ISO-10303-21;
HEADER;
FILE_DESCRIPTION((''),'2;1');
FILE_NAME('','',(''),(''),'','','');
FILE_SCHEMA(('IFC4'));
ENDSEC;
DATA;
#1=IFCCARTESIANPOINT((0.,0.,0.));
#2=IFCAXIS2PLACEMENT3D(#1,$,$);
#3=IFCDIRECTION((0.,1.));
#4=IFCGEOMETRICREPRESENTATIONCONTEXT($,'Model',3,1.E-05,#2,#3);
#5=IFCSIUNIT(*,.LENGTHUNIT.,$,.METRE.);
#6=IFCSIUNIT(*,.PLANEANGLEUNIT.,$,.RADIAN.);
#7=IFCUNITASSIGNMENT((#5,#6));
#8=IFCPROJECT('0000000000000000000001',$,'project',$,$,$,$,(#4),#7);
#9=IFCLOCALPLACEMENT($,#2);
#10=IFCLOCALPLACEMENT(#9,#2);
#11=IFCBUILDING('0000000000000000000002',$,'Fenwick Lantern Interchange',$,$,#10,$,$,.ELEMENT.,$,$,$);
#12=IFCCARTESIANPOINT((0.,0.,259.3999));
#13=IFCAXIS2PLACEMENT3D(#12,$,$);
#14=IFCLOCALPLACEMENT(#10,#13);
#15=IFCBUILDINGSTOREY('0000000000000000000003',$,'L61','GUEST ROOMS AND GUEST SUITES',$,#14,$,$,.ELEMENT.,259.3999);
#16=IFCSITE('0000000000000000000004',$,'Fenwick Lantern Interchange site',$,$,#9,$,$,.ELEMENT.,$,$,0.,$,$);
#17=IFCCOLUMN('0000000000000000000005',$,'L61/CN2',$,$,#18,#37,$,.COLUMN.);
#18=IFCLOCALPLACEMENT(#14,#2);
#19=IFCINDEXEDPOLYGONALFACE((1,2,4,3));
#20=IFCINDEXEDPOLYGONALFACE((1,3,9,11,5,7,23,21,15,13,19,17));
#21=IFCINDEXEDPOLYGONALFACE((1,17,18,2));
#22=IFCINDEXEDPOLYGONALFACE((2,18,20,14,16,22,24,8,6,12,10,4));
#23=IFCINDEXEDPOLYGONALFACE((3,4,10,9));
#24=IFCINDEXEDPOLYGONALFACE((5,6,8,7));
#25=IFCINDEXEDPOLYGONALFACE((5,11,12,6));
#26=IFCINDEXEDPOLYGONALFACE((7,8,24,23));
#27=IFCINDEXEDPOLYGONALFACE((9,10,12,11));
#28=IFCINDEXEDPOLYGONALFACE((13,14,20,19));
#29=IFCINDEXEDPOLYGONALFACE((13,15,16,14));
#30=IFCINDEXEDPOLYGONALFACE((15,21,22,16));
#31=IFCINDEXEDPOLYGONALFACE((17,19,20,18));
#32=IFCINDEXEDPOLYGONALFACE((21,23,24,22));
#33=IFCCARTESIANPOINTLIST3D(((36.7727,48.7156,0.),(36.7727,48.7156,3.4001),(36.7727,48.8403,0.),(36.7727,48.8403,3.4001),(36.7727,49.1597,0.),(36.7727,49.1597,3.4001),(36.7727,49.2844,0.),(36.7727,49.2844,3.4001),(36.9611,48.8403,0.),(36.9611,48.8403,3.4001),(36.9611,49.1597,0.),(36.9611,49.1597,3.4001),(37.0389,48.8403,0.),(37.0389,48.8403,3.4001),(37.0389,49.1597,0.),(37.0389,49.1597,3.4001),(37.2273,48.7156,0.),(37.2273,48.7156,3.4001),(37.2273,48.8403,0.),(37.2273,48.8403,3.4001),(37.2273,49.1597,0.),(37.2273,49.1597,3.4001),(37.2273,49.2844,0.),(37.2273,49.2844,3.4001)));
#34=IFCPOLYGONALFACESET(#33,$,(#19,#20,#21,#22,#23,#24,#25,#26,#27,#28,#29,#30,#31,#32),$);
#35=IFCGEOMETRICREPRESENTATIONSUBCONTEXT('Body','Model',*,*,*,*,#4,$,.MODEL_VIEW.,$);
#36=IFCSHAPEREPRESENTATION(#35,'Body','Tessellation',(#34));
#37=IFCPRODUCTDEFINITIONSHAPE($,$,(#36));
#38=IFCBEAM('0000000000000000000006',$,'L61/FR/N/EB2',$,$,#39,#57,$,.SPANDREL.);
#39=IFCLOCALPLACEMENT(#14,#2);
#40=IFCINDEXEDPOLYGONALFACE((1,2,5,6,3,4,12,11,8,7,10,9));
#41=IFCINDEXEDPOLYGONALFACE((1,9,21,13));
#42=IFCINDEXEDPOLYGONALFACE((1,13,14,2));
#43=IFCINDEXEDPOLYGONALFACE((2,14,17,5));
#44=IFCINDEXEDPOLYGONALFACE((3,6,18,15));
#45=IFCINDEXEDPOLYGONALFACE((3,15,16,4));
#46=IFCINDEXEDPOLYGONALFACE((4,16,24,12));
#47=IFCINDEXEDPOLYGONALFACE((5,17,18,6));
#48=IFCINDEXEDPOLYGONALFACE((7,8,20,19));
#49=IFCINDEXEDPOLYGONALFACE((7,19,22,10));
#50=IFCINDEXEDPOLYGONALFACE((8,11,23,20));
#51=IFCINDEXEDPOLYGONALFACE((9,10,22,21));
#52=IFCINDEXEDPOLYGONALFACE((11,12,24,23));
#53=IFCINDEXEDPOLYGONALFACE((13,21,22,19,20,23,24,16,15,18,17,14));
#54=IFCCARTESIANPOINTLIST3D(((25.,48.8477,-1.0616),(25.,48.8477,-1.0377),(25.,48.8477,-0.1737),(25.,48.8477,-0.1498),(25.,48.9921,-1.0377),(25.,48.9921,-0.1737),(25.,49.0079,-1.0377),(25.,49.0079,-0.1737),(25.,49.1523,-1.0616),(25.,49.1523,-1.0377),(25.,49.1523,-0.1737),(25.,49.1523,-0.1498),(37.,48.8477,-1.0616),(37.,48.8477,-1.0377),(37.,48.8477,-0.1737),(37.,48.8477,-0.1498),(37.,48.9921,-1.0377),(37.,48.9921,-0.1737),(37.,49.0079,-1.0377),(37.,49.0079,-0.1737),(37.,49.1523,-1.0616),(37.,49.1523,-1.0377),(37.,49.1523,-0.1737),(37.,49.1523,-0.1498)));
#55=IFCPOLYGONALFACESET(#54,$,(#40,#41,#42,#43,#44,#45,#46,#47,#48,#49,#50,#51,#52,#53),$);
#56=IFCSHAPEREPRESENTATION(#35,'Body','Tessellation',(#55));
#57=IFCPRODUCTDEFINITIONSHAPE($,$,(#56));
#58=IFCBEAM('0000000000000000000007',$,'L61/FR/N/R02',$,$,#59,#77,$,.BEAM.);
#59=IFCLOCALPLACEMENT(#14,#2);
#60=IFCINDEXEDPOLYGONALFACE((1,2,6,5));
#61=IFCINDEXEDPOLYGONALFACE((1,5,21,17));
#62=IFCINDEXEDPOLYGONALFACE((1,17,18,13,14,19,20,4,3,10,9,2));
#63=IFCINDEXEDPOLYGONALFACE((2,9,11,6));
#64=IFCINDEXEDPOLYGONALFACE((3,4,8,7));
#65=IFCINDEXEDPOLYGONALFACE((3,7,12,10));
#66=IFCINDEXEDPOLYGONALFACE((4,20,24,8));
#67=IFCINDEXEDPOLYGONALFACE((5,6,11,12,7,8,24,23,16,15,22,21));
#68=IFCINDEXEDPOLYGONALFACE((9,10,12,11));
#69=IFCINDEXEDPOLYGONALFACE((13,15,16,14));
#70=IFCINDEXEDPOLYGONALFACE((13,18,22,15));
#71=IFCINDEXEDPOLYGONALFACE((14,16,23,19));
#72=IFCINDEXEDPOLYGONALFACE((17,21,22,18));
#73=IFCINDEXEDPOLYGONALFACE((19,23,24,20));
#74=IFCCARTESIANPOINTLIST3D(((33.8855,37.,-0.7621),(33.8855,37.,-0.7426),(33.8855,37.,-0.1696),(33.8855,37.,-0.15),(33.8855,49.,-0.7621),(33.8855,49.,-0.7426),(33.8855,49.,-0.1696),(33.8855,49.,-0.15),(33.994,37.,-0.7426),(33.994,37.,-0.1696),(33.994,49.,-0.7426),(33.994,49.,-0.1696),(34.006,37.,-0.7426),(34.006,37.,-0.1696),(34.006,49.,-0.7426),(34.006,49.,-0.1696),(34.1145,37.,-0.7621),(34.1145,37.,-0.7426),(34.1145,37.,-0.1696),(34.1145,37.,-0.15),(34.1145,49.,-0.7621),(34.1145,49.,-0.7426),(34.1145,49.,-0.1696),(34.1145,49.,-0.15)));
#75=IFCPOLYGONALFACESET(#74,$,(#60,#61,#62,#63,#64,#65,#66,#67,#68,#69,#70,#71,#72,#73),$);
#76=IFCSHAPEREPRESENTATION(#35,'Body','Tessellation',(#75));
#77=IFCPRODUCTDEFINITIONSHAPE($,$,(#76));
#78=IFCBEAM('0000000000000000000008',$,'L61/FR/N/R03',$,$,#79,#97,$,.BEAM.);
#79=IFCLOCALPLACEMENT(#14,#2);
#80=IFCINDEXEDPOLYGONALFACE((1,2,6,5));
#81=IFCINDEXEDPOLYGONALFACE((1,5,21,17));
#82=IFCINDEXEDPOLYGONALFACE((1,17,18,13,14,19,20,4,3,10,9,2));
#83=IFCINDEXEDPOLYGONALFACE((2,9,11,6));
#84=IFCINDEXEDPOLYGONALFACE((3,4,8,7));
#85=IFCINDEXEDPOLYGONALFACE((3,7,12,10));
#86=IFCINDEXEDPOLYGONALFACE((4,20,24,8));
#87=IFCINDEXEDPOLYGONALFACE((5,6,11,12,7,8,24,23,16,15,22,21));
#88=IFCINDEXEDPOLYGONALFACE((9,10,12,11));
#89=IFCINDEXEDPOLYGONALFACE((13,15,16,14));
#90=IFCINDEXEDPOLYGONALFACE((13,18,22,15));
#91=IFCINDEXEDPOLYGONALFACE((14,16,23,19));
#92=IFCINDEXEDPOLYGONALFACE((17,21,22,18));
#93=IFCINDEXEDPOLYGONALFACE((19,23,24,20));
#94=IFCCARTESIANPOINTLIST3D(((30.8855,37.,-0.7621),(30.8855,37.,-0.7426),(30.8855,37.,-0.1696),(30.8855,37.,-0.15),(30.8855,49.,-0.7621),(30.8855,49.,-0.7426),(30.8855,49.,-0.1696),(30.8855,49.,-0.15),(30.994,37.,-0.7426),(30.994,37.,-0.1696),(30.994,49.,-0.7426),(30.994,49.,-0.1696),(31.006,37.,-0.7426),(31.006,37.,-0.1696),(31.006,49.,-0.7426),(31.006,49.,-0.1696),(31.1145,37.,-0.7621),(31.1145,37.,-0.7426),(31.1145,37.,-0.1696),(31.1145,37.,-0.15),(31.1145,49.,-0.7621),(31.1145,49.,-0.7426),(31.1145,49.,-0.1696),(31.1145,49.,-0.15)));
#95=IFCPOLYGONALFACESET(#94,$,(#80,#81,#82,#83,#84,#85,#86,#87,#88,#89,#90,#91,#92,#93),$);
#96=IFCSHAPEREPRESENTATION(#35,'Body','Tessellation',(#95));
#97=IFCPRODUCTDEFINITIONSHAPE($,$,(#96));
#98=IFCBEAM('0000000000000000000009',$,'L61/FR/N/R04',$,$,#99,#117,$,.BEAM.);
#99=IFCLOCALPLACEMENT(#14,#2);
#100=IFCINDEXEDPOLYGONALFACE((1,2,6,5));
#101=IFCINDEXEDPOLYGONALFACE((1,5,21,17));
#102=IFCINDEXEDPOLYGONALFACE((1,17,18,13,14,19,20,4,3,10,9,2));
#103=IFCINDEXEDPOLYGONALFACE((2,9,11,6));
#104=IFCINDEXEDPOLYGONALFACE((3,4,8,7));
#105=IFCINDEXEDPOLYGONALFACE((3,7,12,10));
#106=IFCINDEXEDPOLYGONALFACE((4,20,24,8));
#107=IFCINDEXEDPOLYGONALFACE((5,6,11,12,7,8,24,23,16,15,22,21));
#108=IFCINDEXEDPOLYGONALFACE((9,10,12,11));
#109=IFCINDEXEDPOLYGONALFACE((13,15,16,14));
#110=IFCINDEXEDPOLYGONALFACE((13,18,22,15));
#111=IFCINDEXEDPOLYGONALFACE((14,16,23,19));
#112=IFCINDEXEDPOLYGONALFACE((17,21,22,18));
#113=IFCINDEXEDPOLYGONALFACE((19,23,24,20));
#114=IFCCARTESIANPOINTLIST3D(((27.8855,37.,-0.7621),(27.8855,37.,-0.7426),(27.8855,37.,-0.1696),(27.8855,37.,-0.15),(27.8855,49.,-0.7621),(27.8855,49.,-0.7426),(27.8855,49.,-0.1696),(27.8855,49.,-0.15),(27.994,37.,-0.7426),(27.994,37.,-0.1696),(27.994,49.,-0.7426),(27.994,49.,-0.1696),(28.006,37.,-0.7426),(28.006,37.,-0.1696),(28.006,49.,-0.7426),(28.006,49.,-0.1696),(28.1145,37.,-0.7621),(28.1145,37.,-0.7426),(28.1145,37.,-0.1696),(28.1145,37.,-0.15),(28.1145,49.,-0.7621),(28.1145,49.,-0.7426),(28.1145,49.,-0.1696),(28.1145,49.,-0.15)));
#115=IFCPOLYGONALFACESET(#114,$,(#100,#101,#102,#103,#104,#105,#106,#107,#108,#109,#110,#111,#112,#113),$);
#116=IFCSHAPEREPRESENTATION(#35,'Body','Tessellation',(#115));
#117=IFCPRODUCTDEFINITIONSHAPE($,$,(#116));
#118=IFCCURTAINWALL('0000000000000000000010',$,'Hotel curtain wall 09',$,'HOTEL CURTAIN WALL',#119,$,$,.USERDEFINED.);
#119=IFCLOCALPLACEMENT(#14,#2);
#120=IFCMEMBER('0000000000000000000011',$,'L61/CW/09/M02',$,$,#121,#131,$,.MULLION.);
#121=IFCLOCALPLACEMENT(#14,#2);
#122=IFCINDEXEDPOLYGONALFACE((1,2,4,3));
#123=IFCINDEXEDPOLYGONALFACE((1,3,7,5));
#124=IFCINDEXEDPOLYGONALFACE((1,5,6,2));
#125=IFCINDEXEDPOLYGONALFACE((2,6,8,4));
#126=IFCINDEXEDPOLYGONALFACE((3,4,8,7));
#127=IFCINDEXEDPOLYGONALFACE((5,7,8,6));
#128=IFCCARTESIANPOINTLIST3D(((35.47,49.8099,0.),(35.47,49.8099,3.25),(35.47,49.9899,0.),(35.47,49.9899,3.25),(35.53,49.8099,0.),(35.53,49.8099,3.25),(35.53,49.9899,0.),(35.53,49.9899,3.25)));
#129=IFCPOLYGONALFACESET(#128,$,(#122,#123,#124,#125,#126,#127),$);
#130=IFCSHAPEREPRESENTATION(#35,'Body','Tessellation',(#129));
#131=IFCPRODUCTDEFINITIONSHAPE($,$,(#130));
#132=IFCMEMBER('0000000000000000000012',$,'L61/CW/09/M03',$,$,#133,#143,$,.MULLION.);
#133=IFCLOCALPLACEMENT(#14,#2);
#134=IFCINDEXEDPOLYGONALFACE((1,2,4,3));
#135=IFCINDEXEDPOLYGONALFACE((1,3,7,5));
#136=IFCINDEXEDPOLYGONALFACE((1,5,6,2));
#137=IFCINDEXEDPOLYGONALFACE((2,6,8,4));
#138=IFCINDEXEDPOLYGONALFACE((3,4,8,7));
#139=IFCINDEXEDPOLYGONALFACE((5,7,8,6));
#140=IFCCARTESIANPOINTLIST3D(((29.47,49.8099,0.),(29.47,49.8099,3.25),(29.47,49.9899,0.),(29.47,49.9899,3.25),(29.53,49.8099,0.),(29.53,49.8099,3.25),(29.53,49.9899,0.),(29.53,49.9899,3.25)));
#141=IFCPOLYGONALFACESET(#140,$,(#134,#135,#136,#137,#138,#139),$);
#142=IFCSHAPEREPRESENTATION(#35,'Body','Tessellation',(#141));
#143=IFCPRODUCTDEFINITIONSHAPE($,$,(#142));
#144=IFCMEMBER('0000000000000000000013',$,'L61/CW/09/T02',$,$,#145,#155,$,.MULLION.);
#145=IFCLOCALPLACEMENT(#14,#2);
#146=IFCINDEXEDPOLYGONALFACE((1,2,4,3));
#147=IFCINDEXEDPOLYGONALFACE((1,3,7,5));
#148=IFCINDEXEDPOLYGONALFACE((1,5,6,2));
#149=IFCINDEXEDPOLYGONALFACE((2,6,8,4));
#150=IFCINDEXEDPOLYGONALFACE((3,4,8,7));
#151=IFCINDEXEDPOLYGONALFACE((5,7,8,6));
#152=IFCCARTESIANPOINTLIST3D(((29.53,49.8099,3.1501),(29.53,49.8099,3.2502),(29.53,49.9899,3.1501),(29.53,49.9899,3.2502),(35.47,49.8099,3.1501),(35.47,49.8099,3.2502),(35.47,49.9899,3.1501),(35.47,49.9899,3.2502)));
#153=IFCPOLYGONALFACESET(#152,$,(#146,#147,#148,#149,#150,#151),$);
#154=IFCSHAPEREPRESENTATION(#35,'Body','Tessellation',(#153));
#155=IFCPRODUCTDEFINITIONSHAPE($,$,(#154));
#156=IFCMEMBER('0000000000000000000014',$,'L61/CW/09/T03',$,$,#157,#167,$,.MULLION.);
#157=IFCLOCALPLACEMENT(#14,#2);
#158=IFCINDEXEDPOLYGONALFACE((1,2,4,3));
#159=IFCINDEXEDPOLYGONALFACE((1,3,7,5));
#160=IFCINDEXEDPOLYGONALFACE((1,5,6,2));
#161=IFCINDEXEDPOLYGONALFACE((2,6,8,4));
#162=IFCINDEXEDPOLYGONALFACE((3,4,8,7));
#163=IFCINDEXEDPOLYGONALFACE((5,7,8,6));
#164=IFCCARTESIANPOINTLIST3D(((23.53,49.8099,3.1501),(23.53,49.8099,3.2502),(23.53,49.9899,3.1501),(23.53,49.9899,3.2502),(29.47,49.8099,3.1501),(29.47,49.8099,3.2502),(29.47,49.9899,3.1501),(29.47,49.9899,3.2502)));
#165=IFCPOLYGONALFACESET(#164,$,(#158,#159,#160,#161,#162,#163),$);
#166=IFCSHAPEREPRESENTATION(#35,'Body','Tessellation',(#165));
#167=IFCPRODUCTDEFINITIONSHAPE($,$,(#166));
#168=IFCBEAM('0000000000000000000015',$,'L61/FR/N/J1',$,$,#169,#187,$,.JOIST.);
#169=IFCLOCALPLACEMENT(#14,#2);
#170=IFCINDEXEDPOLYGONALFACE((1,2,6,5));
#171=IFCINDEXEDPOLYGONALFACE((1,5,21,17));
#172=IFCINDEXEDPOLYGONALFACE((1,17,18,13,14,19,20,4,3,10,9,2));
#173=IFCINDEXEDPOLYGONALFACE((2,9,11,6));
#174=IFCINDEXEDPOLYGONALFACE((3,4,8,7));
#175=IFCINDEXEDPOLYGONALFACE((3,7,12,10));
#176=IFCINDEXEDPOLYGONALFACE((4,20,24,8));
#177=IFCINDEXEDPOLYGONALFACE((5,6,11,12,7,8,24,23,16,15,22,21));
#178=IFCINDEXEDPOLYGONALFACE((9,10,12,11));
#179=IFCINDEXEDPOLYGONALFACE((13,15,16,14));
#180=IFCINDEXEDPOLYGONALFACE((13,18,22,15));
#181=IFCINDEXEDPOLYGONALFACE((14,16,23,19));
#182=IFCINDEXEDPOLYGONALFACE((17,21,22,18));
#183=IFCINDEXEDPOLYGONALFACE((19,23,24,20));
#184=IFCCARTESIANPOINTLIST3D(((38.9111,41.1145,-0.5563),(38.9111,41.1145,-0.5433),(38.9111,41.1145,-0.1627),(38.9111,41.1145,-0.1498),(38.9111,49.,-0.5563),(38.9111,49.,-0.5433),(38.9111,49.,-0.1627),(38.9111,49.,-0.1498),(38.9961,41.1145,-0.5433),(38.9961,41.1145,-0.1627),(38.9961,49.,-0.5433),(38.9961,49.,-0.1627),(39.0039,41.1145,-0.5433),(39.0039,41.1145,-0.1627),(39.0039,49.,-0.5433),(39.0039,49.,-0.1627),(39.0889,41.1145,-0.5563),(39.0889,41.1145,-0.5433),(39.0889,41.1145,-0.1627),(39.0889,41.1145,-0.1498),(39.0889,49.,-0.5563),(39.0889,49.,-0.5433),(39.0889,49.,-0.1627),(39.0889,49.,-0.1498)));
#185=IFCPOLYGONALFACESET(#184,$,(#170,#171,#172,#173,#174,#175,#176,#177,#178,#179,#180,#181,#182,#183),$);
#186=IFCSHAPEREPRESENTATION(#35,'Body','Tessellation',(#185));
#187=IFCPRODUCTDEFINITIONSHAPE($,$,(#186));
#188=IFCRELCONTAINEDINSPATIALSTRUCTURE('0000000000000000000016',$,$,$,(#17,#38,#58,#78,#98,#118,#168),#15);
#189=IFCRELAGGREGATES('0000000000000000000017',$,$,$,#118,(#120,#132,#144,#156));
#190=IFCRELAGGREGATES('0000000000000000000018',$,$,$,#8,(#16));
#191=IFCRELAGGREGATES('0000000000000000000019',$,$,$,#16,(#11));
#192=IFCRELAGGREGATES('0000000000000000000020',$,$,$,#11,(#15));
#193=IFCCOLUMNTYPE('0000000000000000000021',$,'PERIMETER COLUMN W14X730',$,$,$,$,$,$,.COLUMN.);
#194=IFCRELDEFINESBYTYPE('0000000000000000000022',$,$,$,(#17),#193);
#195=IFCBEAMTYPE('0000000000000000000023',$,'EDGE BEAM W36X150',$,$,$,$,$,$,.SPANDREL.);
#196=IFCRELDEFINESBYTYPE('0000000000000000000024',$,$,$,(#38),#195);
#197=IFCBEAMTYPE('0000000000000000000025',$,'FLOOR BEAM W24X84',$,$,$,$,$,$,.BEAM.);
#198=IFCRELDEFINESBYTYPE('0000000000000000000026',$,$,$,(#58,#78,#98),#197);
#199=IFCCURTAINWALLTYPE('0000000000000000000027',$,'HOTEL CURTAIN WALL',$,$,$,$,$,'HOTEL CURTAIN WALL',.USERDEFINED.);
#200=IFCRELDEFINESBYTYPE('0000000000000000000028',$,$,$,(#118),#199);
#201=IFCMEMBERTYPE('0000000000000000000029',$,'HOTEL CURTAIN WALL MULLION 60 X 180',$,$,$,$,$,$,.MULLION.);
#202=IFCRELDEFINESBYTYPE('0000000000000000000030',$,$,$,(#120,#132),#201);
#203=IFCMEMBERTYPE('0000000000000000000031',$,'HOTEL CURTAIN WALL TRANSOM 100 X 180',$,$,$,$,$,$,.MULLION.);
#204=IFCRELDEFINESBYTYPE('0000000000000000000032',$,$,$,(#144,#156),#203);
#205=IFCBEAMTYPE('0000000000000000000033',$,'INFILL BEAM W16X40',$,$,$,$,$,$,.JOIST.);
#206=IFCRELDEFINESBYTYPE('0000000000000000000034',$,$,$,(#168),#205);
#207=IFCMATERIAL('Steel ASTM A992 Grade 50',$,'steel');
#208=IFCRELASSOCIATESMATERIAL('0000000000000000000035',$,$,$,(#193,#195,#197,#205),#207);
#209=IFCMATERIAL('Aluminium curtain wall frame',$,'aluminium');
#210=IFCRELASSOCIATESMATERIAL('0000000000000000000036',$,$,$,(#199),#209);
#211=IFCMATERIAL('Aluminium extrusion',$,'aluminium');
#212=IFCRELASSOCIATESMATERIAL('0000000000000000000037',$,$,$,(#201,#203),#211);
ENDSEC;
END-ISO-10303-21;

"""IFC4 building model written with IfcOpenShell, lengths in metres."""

from ifc_helpers import new_model, si_unit, direction, frame, origin, origin_2d, place, context, subcontext, project, spatial, rectangle, i_section, extrude, material, material_profile, profile_set, type_object, element, aggregate, save


model = new_model("IFC4")

# Units and contexts
model_context = context("Model", 3, precision=1e-05, world=origin(), true_north=direction((0.0, 1.0)))
body_context = subcontext(model_context, "Body", "Model", "MODEL_VIEW")
ifc_project = project(units=[si_unit("LENGTHUNIT", "METRE"), si_unit("PLANEANGLEUNIT", "RADIAN")], contexts=[model_context])

# Site, building, storey
site_placement = place(None, origin())
site = spatial("IfcSite", under=ifc_project, at=site_placement, Name="Fenwick Lantern Interchange site", CompositionType="ELEMENT", RefElevation=0.0)
building_placement = place(site_placement, origin())
building = spatial("IfcBuilding", under=site, at=building_placement, Name="Fenwick Lantern Interchange", CompositionType="ELEMENT")
storey_placement = place(building_placement, frame((0.0, 0.0, 259.3999)))
storey = spatial("IfcBuildingStorey", under=building, at=storey_placement, Name="L61", Description="GUEST ROOMS AND GUEST SUITES", CompositionType="ELEMENT", Elevation=259.3999)

# Column
ifc_material_1 = material(Name="Steel ASTM A992 Grade 50", Category="steel")
ifc_material_profile_1 = material_profile(ifc_material_1, i_section(OverallWidth=0.4546, OverallDepth=0.5688, WebThickness=0.0779, FlangeThickness=0.1248, at=origin_2d()), Name="W14X730")
ifc_profile_set_1 = profile_set([ifc_material_profile_1], Name="Steel ASTM A992 Grade 50")
column_type = type_object("IfcColumnType", Name="PERIMETER COLUMN W14X730", PredefinedType="COLUMN", material=ifc_profile_set_1)
column_placement = place(storey_placement, frame((37.0, 49.0, 0.0), z_axis=(0.0, 0.0, 1.0), x_axis=(1.0, 0.0, 0.0)))
element("IfcColumn", 1, at=column_placement, inside=storey, type_object=column_type, Name="L61/CN2", PredefinedType="COLUMN", context=body_context, shape_type="SweptSolid", body=[
    extrude(i_section(OverallWidth=0.4546, OverallDepth=0.5688, WebThickness=0.0779, FlangeThickness=0.1248, at=origin_2d()), origin(), (0.0, 0.0, 1.0), 3.4001),
])

# Beams
ifc_material_profile_2 = material_profile(ifc_material_1, i_section(OverallWidth=0.3047, OverallDepth=0.9119, WebThickness=0.0159, FlangeThickness=0.0239, at=origin_2d()), Name="W36X150")
ifc_profile_set_2 = profile_set([ifc_material_profile_2], Name="Steel ASTM A992 Grade 50")
beam_type_1 = type_object("IfcBeamType", Name="EDGE BEAM W36X150", PredefinedType="SPANDREL", material=ifc_profile_set_2)
beam_1_placement = place(storey_placement, frame((37.0, 49.0, -0.6057), z_axis=(-1.0, 0.0, 0.0), x_axis=(0.0, -1.0, 0.0)))
element("IfcBeam", 2, at=beam_1_placement, inside=storey, type_object=beam_type_1, Name="L61/FR/N/EB2", PredefinedType="SPANDREL", context=body_context, shape_type="SweptSolid", body=[
    extrude(i_section(OverallWidth=0.3047, OverallDepth=0.9119, WebThickness=0.0159, FlangeThickness=0.0239, at=origin_2d()), origin(), (0.0, 0.0, 1.0), 12.0),
])
ifc_material_profile_3 = material_profile(ifc_material_1, i_section(OverallWidth=0.229, OverallDepth=0.6121, WebThickness=0.012, FlangeThickness=0.0195, at=origin_2d()), Name="W24X84")
ifc_profile_set_3 = profile_set([ifc_material_profile_3], Name="Steel ASTM A992 Grade 50")
beam_type_2 = type_object("IfcBeamType", Name="FLOOR BEAM W24X84", PredefinedType="BEAM", material=ifc_profile_set_3)
for number, where, z_axis, x_axis, name in (
    (3, (34.0, 49.0, -0.4561), (0.0, -1.0, 0.0), (1.0, 0.0, 0.0), "L61/FR/N/R02"),
    (4, (31.0, 49.0, -0.4561), (0.0, -1.0, 0.0), (1.0, 0.0, 0.0), "L61/FR/N/R03"),
    (5, (28.0, 49.0, -0.4561), (0.0, -1.0, 0.0), (1.0, 0.0, 0.0), "L61/FR/N/R04"),
):
    element("IfcBeam", number, at=place(storey_placement, frame(where, z_axis=z_axis, x_axis=x_axis)), inside=storey, type_object=beam_type_2, Name=name, PredefinedType="BEAM", context=body_context, shape_type="SweptSolid", body=[
        extrude(i_section(OverallWidth=0.229, OverallDepth=0.6121, WebThickness=0.012, FlangeThickness=0.0195, at=origin_2d()), origin(), (0.0, 0.0, 1.0), 12.0),
    ])

# Curtain wall, members
ifc_material_2 = material(Name="Aluminium curtain wall frame", Category="aluminium")
curtain_wall_type = type_object("IfcCurtainWallType", Name="HOTEL CURTAIN WALL", ElementType="HOTEL CURTAIN WALL", PredefinedType="USERDEFINED", material=ifc_material_2)
curtain_wall_placement = place(storey_placement, origin())
curtain_wall = element("IfcCurtainWall", 6, at=curtain_wall_placement, inside=storey, type_object=curtain_wall_type, Name="Hotel curtain wall 09", ObjectType="HOTEL CURTAIN WALL", PredefinedType="USERDEFINED")
ifc_material_3 = material(Name="Aluminium extrusion", Category="aluminium")
ifc_material_profile_4 = material_profile(ifc_material_3, rectangle(XDim=0.1799, YDim=0.0601, at=origin_2d()), Name="HOTEL CURTAIN WALL MULLION 60 X 180")
ifc_profile_set_4 = profile_set([ifc_material_profile_4], Name="Aluminium extrusion")
member_type_1 = type_object("IfcMemberType", Name="HOTEL CURTAIN WALL MULLION 60 X 180", PredefinedType="MULLION", material=ifc_profile_set_4)
member_1_placement = place(storey_placement, frame((35.5, 49.8999, 0.0), z_axis=(0.0, 0.0, 1.0), x_axis=(0.0, -1.0, 0.0)))
member_1 = element("IfcMember", 7, at=member_1_placement, type_object=member_type_1, Name="L61/CW/09/M02", PredefinedType="MULLION", context=body_context, shape_type="SweptSolid", body=[
    extrude(rectangle(XDim=0.1799, YDim=0.0601, at=origin_2d()), origin(), (0.0, 0.0, 1.0), 3.25),
])
member_2_placement = place(storey_placement, frame((29.5, 49.8999, 0.0), z_axis=(0.0, 0.0, 1.0), x_axis=(0.0, -1.0, 0.0)))
member_2 = element("IfcMember", 8, at=member_2_placement, type_object=member_type_1, Name="L61/CW/09/M03", PredefinedType="MULLION", context=body_context, shape_type="SweptSolid", body=[
    extrude(rectangle(XDim=0.1799, YDim=0.0601, at=origin_2d()), origin(), (0.0, 0.0, 1.0), 3.25),
])
ifc_material_profile_5 = material_profile(ifc_material_3, rectangle(XDim=0.1799, YDim=0.1001, at=origin_2d()), Name="HOTEL CURTAIN WALL TRANSOM 100 X 180")
ifc_profile_set_5 = profile_set([ifc_material_profile_5], Name="Aluminium extrusion")
member_type_2 = type_object("IfcMemberType", Name="HOTEL CURTAIN WALL TRANSOM 100 X 180", PredefinedType="MULLION", material=ifc_profile_set_5)
member_3_placement = place(storey_placement, frame((35.47, 49.8999, 3.2002), z_axis=(-1.0, 0.0, 0.0), x_axis=(0.0, -1.0, 0.0)))
member_3 = element("IfcMember", 9, at=member_3_placement, type_object=member_type_2, Name="L61/CW/09/T02", PredefinedType="MULLION", context=body_context, shape_type="SweptSolid", body=[
    extrude(rectangle(XDim=0.1799, YDim=0.1001, at=origin_2d()), origin(), (0.0, 0.0, 1.0), 5.9399),
])
member_4_placement = place(storey_placement, frame((29.47, 49.8999, 3.2002), z_axis=(-1.0, 0.0, 0.0), x_axis=(0.0, -1.0, 0.0)))
member_4 = element("IfcMember", 10, at=member_4_placement, type_object=member_type_2, Name="L61/CW/09/T03", PredefinedType="MULLION", context=body_context, shape_type="SweptSolid", body=[
    extrude(rectangle(XDim=0.1799, YDim=0.1001, at=origin_2d()), origin(), (0.0, 0.0, 1.0), 5.9399),
])
aggregate(curtain_wall, [member_1, member_2, member_3, member_4])

# Beam
ifc_material_profile_6 = material_profile(ifc_material_1, i_section(OverallWidth=0.1777, OverallDepth=0.4065, WebThickness=0.0078, FlangeThickness=0.0129, at=origin_2d()), Name="W16X40")
ifc_profile_set_6 = profile_set([ifc_material_profile_6], Name="Steel ASTM A992 Grade 50")
beam_type_3 = type_object("IfcBeamType", Name="INFILL BEAM W16X40", PredefinedType="JOIST", material=ifc_profile_set_6)
beam_2_placement = place(storey_placement, frame((39.0, 49.0, -0.353), z_axis=(0.0, -1.0, 0.0), x_axis=(1.0, 0.0, 0.0)))
element("IfcBeam", 11, at=beam_2_placement, inside=storey, type_object=beam_type_3, Name="L61/FR/N/J1", PredefinedType="JOIST", context=body_context, shape_type="SweptSolid", body=[
    extrude(i_section(OverallWidth=0.1777, OverallDepth=0.4065, WebThickness=0.0078, FlangeThickness=0.0129, at=origin_2d()), origin(), (0.0, 0.0, 1.0), 7.8855),
])

save(model, "model.ifc")
